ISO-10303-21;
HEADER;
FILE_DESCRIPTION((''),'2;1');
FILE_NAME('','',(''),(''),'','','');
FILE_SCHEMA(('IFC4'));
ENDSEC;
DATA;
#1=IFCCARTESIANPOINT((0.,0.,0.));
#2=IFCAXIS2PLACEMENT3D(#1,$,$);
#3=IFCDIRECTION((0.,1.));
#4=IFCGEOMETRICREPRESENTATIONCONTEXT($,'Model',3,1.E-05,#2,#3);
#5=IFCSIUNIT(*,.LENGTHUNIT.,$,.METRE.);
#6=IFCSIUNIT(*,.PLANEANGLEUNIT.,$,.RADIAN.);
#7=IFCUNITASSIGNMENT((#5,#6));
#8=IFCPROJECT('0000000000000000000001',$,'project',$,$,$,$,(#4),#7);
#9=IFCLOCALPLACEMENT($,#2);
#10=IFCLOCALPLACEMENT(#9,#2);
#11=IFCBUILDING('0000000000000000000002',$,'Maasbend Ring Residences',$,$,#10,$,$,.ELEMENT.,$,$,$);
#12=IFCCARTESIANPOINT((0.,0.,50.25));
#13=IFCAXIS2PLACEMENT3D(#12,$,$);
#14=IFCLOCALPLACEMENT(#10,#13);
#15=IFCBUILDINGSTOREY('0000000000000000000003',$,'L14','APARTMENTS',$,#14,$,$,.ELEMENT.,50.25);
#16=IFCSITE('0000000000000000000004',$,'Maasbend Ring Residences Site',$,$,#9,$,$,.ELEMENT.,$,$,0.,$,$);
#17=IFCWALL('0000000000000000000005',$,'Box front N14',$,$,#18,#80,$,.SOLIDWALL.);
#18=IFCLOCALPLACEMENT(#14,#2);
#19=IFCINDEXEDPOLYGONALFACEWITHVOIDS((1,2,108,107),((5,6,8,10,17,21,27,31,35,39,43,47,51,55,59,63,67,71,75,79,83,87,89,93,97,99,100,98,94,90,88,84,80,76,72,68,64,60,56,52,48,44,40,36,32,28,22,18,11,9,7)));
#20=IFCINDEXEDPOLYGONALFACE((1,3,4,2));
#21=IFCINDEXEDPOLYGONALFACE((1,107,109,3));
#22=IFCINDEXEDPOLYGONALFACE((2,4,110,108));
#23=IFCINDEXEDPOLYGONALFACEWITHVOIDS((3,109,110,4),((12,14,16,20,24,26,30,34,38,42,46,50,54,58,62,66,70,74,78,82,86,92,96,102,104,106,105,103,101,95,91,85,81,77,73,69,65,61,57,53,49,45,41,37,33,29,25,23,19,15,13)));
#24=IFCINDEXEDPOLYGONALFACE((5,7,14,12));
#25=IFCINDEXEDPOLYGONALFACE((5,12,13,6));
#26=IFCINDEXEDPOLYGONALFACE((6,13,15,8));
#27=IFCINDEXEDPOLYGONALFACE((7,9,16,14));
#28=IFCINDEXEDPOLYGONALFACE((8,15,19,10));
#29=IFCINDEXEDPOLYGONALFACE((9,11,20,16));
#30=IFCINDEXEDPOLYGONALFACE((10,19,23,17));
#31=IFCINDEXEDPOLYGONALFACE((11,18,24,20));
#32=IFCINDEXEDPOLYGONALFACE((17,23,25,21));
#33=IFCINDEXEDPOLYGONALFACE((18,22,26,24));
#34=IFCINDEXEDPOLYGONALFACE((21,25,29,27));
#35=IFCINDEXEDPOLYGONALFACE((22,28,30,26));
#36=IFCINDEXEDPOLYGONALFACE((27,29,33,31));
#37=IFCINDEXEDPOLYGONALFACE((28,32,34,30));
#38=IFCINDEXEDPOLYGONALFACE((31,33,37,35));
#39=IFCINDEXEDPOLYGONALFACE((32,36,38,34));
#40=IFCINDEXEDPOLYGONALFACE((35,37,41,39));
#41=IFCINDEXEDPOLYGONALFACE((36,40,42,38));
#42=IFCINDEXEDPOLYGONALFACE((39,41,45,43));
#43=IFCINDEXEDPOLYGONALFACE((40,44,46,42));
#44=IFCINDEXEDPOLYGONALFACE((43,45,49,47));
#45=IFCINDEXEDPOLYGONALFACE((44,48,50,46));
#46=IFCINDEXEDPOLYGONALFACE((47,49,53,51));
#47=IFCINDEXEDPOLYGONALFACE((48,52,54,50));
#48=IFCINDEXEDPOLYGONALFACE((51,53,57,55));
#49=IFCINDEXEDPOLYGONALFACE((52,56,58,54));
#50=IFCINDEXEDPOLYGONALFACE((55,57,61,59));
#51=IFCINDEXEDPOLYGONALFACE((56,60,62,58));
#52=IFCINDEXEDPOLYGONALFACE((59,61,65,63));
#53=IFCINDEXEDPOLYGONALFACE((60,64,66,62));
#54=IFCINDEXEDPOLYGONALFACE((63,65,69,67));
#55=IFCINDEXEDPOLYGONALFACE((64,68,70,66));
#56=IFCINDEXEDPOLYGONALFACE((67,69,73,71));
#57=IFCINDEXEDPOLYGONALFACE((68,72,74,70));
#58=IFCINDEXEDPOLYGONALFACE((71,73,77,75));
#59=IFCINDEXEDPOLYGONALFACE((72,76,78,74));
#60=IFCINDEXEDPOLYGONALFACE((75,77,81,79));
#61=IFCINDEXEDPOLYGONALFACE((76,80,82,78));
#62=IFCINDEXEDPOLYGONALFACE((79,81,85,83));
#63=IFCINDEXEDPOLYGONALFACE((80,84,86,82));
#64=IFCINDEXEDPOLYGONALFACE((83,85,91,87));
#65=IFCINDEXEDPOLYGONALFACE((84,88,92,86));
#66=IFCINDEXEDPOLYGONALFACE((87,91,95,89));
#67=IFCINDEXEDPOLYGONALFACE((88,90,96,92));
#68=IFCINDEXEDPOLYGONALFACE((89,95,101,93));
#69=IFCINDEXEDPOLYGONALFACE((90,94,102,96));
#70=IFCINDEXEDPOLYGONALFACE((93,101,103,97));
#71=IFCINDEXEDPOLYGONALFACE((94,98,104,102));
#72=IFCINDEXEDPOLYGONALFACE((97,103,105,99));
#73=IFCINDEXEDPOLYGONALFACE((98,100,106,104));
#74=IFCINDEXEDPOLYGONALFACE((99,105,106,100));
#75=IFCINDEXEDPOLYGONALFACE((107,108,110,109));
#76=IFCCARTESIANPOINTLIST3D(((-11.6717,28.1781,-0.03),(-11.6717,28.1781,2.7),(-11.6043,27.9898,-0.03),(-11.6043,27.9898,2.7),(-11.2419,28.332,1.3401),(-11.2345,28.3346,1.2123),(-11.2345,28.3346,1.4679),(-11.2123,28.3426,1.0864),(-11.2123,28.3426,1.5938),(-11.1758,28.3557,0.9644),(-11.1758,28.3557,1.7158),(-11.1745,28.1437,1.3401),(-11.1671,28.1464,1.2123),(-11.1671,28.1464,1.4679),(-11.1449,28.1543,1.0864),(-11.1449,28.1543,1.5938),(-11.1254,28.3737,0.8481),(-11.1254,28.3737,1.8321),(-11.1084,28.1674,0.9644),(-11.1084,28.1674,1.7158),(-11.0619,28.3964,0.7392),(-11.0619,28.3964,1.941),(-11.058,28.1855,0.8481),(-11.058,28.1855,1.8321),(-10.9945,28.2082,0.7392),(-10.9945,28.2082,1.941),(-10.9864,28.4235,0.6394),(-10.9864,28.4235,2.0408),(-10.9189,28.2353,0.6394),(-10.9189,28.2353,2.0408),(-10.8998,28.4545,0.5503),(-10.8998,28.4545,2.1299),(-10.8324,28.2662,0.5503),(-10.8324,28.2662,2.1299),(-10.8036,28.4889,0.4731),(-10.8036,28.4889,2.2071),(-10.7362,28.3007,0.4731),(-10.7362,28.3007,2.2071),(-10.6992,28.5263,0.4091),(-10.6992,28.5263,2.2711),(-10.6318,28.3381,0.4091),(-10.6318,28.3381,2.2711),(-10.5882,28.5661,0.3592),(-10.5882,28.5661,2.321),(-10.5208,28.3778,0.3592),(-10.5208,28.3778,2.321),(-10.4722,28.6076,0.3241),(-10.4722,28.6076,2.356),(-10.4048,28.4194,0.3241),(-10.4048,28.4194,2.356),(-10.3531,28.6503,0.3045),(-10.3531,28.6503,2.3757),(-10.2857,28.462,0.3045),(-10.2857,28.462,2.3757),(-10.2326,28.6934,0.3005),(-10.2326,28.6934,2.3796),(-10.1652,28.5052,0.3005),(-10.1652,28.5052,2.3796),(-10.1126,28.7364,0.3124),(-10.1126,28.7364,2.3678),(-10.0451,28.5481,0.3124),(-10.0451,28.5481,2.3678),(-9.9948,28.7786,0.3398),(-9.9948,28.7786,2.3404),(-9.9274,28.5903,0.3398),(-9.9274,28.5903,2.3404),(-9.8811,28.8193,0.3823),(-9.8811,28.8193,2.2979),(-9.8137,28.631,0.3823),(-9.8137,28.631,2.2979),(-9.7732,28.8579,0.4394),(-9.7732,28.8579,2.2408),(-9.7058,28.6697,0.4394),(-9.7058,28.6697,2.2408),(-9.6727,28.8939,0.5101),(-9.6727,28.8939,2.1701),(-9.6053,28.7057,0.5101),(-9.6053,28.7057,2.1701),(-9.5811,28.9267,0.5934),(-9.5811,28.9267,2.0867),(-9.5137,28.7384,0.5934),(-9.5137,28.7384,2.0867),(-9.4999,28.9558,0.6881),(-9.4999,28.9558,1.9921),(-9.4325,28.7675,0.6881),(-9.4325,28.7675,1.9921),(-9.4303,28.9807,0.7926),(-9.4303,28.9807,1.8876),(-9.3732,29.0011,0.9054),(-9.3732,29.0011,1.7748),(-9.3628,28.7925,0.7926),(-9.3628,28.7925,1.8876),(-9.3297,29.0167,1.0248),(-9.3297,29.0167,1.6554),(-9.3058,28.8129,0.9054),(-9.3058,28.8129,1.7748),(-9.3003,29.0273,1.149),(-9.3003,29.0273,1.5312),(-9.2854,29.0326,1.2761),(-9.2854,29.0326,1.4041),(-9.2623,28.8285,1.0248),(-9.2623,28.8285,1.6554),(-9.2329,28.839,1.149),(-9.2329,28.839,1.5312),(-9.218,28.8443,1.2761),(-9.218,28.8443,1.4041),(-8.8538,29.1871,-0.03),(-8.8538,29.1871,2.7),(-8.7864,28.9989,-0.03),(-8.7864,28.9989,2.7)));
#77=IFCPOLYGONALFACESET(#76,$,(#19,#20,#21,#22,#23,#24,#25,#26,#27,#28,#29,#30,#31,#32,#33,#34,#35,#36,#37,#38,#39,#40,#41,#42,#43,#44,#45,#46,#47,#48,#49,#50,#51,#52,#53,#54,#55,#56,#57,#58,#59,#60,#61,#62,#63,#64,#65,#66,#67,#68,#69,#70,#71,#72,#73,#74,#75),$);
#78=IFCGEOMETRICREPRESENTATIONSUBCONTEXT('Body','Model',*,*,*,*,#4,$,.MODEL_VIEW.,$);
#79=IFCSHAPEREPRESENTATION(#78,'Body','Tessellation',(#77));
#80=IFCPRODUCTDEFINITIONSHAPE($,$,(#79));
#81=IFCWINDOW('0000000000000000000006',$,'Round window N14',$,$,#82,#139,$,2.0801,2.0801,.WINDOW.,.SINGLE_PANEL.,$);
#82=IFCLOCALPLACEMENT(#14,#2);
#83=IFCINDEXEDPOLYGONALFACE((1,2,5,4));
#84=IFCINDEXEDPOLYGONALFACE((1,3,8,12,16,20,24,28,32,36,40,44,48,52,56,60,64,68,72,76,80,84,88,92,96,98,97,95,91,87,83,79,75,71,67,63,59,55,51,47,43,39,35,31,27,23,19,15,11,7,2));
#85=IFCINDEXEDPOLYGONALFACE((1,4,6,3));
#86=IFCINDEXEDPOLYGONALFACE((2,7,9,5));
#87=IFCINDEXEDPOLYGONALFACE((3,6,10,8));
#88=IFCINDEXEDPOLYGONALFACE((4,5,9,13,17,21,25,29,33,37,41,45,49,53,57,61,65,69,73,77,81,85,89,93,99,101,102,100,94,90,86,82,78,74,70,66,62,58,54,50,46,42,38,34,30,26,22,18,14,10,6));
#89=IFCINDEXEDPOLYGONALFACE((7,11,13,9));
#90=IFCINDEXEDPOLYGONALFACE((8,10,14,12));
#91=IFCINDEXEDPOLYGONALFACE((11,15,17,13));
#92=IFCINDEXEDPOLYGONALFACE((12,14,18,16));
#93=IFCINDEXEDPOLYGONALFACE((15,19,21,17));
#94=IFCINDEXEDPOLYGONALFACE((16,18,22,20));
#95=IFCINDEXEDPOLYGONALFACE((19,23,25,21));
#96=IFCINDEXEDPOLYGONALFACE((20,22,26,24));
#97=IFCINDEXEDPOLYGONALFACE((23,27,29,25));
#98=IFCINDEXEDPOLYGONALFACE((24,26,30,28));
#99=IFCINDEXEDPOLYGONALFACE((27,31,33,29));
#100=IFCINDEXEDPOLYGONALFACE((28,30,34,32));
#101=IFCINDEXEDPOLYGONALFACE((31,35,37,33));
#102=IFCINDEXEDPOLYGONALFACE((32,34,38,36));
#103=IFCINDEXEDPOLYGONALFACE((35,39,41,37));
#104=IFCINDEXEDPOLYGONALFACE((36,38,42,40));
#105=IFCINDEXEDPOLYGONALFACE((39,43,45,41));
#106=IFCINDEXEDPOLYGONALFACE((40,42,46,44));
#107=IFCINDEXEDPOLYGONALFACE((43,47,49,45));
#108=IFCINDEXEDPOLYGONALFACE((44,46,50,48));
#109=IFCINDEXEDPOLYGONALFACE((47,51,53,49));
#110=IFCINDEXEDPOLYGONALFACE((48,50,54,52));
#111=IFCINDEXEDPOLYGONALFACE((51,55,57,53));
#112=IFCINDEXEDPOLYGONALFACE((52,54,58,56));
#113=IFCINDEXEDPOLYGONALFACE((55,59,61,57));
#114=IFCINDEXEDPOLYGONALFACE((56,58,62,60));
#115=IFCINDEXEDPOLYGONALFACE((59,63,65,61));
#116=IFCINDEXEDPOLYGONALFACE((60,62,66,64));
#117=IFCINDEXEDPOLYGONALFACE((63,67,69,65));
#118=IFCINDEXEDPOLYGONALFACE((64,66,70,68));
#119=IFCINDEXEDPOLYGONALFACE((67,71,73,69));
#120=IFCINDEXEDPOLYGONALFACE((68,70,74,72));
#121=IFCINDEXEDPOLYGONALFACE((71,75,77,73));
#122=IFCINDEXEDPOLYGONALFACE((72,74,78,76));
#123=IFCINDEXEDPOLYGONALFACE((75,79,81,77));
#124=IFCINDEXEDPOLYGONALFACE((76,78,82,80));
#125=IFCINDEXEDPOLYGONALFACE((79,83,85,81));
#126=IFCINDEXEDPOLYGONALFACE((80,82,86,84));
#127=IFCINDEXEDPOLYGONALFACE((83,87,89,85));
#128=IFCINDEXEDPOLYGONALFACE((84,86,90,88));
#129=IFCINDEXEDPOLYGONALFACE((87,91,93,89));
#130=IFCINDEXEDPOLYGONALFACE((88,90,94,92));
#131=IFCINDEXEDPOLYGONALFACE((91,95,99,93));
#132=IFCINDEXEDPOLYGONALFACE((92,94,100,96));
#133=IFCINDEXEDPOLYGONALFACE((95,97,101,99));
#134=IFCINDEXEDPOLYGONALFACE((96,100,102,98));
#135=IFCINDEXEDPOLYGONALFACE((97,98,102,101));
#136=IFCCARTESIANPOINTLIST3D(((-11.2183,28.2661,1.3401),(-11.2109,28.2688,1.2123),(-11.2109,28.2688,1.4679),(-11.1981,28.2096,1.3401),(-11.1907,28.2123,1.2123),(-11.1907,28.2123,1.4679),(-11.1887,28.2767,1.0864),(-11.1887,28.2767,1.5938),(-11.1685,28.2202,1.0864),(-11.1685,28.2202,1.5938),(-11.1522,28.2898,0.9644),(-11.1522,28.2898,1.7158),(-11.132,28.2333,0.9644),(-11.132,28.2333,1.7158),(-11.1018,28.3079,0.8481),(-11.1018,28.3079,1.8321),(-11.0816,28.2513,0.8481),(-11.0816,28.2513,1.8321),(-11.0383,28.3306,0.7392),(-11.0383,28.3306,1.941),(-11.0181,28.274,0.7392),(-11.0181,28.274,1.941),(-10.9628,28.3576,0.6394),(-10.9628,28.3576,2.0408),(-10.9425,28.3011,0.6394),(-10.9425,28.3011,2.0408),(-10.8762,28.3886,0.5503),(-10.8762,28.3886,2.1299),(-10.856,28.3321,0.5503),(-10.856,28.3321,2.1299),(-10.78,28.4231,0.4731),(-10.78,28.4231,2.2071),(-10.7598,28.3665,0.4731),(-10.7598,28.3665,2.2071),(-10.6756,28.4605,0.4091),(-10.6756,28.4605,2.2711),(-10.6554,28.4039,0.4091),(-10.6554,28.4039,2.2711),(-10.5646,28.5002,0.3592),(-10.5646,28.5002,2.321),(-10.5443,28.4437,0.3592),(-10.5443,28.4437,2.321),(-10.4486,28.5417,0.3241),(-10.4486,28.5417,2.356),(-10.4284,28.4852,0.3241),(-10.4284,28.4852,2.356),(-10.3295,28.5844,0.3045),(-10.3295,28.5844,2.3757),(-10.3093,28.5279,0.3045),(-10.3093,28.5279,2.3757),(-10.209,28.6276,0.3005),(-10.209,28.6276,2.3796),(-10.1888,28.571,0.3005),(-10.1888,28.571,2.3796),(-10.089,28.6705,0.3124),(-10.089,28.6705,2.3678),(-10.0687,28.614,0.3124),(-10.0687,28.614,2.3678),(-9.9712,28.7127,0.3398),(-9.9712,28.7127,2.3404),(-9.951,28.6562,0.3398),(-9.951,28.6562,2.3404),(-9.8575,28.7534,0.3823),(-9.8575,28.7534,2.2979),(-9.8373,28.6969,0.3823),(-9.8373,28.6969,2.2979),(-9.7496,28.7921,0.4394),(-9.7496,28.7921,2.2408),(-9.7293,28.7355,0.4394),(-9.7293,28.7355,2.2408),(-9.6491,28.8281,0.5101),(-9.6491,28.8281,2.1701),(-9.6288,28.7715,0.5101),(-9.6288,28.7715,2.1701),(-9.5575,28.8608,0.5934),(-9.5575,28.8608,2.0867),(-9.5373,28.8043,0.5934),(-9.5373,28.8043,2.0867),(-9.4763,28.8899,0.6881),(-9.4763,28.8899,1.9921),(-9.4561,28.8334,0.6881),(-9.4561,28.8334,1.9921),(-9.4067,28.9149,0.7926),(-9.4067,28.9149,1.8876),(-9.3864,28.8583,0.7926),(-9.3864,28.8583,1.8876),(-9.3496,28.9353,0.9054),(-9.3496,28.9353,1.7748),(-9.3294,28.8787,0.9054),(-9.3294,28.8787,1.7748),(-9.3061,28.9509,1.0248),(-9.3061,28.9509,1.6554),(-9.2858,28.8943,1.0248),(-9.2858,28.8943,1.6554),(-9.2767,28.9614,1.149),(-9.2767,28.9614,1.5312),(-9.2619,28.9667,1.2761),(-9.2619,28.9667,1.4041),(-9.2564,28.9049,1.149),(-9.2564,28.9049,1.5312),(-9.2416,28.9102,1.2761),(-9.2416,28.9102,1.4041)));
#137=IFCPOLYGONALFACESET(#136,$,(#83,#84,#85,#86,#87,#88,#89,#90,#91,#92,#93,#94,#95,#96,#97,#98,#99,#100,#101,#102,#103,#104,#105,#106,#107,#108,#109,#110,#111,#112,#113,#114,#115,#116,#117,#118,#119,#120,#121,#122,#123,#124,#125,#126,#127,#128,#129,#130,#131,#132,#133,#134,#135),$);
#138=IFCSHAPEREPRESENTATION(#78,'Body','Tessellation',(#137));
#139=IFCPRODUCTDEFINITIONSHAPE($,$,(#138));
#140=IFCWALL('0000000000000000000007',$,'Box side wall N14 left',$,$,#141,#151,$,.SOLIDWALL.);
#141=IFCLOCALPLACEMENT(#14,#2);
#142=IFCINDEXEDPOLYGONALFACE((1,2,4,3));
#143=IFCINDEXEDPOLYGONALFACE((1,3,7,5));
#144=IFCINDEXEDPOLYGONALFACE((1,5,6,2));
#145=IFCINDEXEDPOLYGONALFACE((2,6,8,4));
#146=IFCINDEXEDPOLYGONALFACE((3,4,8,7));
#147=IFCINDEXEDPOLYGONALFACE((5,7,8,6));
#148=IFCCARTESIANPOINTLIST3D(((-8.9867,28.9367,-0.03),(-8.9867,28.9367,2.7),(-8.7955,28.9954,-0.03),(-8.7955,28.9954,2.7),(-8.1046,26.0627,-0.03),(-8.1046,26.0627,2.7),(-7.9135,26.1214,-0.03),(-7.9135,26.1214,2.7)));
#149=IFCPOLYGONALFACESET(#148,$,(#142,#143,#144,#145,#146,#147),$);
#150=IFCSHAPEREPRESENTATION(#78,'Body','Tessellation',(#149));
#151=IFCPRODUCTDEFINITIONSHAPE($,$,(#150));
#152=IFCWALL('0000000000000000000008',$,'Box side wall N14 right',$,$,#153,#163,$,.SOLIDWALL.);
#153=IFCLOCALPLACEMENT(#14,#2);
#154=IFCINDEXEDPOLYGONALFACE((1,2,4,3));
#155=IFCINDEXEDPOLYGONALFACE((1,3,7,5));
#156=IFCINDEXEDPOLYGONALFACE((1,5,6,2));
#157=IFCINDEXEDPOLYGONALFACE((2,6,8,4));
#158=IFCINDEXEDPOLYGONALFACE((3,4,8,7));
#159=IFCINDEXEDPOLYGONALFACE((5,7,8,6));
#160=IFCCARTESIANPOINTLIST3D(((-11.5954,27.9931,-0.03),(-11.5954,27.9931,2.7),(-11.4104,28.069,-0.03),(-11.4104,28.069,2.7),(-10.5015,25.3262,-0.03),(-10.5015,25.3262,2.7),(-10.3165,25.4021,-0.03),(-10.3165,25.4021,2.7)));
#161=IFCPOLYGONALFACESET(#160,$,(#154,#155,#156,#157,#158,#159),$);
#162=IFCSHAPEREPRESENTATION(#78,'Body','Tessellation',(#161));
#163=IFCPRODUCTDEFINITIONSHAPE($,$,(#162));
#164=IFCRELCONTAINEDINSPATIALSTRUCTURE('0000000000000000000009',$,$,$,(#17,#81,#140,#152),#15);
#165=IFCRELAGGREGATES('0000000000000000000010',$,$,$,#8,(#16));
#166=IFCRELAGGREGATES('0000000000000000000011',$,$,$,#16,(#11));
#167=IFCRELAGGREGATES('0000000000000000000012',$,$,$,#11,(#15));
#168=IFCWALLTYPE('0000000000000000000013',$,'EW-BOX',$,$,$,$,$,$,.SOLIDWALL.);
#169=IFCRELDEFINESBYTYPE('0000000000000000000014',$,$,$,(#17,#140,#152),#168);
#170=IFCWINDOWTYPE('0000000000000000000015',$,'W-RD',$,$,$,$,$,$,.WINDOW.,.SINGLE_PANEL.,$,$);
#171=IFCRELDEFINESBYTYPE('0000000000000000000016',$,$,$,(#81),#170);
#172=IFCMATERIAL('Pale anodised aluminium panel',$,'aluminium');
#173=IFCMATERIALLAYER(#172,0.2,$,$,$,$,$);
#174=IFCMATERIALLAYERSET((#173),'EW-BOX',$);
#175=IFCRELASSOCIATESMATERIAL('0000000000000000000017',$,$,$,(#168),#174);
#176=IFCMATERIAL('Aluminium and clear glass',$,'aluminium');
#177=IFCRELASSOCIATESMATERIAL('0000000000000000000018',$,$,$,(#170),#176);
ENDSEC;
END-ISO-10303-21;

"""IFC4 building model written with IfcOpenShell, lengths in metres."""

from ifc_helpers import new_model, si_unit, direction, frame, frame_2d, origin, place, context, subcontext, project, spatial, rectangle, circle, extrude, material, layer, layer_set, type_object, element, fill, save


model = new_model("IFC4")

# Units and contexts
model_context = context("Model", 3, precision=1e-05, world=origin(), true_north=direction((0.0, 1.0)))
body_context = subcontext(model_context, "Body", "Model", "MODEL_VIEW")
ifc_project = project(units=[si_unit("LENGTHUNIT", "METRE"), si_unit("PLANEANGLEUNIT", "RADIAN")], contexts=[model_context])

# Site, building, storey
site_placement = place(None, origin())
site = spatial("IfcSite", under=ifc_project, at=site_placement, Name="Maasbend Ring Residences Site", CompositionType="ELEMENT", RefElevation=0.0)
building_placement = place(site_placement, origin())
building = spatial("IfcBuilding", under=site, at=building_placement, Name="Maasbend Ring Residences", CompositionType="ELEMENT")
storey_placement = place(building_placement, frame((0.0, 0.0, 50.25)))
storey = spatial("IfcBuildingStorey", under=building, at=storey_placement, Name="L14", Description="APARTMENTS", CompositionType="ELEMENT", Elevation=50.25)

# Shared definitions
ifc_material_1 = material(Name="Pale anodised aluminium panel", Category="aluminium")
ifc_layer_1 = layer(ifc_material_1, 0.2)
ifc_layer_set_1 = layer_set([ifc_layer_1], Name="EW-BOX")
wall_type_1 = type_object("IfcWallType", Name="EW-BOX", PredefinedType="SOLIDWALL", material=ifc_layer_set_1)
ifc_material_2 = material(Name="Aluminium and clear glass", Category="aluminium")
window_type_1 = type_object("IfcWindowType", Name="W-RD", PartitioningType="SINGLE_PANEL", PredefinedType="WINDOW", material=ifc_material_2)

# Wall, opening, window
wall_1_placement = place(storey_placement, frame((-8.8201, 29.093, -0.03), z_axis=(0.0, 0.0, 1.0), x_axis=(-0.941461, -0.337122, 0.0)))
wall_1 = element("IfcWall", 1, at=wall_1_placement, inside=storey, type_object=wall_type_1, Name="Box front N14", PredefinedType="SOLIDWALL", context=body_context, shape_type="SweptSolid", body=[
    extrude(rectangle(XDim=2.9932, YDim=0.2, at=frame_2d((1.4966, 0.0))), origin(), (0.0, 0.0, 1.0), 2.73),
])
opening_1_placement = place(wall_1_placement, frame((0.4565, 0.0, 0.3301)))
opening_1 = element("IfcOpeningElement", 2, at=opening_1_placement, cuts=wall_1, PredefinedType="OPENING", context=body_context, shape_type="SweptSolid", body=[
    extrude(circle(Radius=1.04, at=frame_2d((1.04, 1.04))), frame((0.0, 0.1099, 0.0), z_axis=(0.0, -1.0, 0.0), x_axis=(1.0, 0.0, 0.0)), (0.0, 0.0, 1.0), 0.22),
])
window_1_placement = place(opening_1_placement, origin())
window_1 = element("IfcWindow", 3, at=window_1_placement, inside=storey, type_object=window_type_1, Name="Round window N14", OverallHeight=2.0801, OverallWidth=2.0801, PartitioningType="SINGLE_PANEL", PredefinedType="WINDOW", context=body_context, shape_type="SweptSolid", body=[
    extrude(circle(Radius=1.04, at=frame_2d((1.04, 1.04))), frame((0.0, 0.03, 0.0), z_axis=(0.0, -1.0, 0.0), x_axis=(1.0, 0.0, 0.0)), (0.0, 0.0, 1.0), 0.0601),
])
fill(opening_1, window_1)

# Walls
wall_2_placement = place(storey_placement, frame((-8.009, 26.092, -0.03), z_axis=(0.0, 0.0, 1.0), x_axis=(-0.293407, 0.955988, 0.0)))
element("IfcWall", 4, at=wall_2_placement, inside=storey, type_object=wall_type_1, Name="Box side wall N14 left", PredefinedType="SOLIDWALL", context=body_context, shape_type="SweptSolid", body=[
    extrude(rectangle(XDim=3.0063, YDim=0.2, at=frame_2d((1.5032, 0.0))), origin(), (0.0, 0.0, 1.0), 2.73),
])
wall_3_placement = place(storey_placement, frame((-10.4089, 25.364, -0.03), z_axis=(0.0, 0.0, 1.0), x_axis=(-0.37951, 0.925188, 0.0)))
element("IfcWall", 5, at=wall_3_placement, inside=storey, type_object=wall_type_1, Name="Box side wall N14 right", PredefinedType="SOLIDWALL", context=body_context, shape_type="SweptSolid", body=[
    extrude(rectangle(XDim=2.8826, YDim=0.2, at=frame_2d((1.4414, 0.0))), origin(), (0.0, 0.0, 1.0), 2.73),
])

save(model, "model.ifc")
